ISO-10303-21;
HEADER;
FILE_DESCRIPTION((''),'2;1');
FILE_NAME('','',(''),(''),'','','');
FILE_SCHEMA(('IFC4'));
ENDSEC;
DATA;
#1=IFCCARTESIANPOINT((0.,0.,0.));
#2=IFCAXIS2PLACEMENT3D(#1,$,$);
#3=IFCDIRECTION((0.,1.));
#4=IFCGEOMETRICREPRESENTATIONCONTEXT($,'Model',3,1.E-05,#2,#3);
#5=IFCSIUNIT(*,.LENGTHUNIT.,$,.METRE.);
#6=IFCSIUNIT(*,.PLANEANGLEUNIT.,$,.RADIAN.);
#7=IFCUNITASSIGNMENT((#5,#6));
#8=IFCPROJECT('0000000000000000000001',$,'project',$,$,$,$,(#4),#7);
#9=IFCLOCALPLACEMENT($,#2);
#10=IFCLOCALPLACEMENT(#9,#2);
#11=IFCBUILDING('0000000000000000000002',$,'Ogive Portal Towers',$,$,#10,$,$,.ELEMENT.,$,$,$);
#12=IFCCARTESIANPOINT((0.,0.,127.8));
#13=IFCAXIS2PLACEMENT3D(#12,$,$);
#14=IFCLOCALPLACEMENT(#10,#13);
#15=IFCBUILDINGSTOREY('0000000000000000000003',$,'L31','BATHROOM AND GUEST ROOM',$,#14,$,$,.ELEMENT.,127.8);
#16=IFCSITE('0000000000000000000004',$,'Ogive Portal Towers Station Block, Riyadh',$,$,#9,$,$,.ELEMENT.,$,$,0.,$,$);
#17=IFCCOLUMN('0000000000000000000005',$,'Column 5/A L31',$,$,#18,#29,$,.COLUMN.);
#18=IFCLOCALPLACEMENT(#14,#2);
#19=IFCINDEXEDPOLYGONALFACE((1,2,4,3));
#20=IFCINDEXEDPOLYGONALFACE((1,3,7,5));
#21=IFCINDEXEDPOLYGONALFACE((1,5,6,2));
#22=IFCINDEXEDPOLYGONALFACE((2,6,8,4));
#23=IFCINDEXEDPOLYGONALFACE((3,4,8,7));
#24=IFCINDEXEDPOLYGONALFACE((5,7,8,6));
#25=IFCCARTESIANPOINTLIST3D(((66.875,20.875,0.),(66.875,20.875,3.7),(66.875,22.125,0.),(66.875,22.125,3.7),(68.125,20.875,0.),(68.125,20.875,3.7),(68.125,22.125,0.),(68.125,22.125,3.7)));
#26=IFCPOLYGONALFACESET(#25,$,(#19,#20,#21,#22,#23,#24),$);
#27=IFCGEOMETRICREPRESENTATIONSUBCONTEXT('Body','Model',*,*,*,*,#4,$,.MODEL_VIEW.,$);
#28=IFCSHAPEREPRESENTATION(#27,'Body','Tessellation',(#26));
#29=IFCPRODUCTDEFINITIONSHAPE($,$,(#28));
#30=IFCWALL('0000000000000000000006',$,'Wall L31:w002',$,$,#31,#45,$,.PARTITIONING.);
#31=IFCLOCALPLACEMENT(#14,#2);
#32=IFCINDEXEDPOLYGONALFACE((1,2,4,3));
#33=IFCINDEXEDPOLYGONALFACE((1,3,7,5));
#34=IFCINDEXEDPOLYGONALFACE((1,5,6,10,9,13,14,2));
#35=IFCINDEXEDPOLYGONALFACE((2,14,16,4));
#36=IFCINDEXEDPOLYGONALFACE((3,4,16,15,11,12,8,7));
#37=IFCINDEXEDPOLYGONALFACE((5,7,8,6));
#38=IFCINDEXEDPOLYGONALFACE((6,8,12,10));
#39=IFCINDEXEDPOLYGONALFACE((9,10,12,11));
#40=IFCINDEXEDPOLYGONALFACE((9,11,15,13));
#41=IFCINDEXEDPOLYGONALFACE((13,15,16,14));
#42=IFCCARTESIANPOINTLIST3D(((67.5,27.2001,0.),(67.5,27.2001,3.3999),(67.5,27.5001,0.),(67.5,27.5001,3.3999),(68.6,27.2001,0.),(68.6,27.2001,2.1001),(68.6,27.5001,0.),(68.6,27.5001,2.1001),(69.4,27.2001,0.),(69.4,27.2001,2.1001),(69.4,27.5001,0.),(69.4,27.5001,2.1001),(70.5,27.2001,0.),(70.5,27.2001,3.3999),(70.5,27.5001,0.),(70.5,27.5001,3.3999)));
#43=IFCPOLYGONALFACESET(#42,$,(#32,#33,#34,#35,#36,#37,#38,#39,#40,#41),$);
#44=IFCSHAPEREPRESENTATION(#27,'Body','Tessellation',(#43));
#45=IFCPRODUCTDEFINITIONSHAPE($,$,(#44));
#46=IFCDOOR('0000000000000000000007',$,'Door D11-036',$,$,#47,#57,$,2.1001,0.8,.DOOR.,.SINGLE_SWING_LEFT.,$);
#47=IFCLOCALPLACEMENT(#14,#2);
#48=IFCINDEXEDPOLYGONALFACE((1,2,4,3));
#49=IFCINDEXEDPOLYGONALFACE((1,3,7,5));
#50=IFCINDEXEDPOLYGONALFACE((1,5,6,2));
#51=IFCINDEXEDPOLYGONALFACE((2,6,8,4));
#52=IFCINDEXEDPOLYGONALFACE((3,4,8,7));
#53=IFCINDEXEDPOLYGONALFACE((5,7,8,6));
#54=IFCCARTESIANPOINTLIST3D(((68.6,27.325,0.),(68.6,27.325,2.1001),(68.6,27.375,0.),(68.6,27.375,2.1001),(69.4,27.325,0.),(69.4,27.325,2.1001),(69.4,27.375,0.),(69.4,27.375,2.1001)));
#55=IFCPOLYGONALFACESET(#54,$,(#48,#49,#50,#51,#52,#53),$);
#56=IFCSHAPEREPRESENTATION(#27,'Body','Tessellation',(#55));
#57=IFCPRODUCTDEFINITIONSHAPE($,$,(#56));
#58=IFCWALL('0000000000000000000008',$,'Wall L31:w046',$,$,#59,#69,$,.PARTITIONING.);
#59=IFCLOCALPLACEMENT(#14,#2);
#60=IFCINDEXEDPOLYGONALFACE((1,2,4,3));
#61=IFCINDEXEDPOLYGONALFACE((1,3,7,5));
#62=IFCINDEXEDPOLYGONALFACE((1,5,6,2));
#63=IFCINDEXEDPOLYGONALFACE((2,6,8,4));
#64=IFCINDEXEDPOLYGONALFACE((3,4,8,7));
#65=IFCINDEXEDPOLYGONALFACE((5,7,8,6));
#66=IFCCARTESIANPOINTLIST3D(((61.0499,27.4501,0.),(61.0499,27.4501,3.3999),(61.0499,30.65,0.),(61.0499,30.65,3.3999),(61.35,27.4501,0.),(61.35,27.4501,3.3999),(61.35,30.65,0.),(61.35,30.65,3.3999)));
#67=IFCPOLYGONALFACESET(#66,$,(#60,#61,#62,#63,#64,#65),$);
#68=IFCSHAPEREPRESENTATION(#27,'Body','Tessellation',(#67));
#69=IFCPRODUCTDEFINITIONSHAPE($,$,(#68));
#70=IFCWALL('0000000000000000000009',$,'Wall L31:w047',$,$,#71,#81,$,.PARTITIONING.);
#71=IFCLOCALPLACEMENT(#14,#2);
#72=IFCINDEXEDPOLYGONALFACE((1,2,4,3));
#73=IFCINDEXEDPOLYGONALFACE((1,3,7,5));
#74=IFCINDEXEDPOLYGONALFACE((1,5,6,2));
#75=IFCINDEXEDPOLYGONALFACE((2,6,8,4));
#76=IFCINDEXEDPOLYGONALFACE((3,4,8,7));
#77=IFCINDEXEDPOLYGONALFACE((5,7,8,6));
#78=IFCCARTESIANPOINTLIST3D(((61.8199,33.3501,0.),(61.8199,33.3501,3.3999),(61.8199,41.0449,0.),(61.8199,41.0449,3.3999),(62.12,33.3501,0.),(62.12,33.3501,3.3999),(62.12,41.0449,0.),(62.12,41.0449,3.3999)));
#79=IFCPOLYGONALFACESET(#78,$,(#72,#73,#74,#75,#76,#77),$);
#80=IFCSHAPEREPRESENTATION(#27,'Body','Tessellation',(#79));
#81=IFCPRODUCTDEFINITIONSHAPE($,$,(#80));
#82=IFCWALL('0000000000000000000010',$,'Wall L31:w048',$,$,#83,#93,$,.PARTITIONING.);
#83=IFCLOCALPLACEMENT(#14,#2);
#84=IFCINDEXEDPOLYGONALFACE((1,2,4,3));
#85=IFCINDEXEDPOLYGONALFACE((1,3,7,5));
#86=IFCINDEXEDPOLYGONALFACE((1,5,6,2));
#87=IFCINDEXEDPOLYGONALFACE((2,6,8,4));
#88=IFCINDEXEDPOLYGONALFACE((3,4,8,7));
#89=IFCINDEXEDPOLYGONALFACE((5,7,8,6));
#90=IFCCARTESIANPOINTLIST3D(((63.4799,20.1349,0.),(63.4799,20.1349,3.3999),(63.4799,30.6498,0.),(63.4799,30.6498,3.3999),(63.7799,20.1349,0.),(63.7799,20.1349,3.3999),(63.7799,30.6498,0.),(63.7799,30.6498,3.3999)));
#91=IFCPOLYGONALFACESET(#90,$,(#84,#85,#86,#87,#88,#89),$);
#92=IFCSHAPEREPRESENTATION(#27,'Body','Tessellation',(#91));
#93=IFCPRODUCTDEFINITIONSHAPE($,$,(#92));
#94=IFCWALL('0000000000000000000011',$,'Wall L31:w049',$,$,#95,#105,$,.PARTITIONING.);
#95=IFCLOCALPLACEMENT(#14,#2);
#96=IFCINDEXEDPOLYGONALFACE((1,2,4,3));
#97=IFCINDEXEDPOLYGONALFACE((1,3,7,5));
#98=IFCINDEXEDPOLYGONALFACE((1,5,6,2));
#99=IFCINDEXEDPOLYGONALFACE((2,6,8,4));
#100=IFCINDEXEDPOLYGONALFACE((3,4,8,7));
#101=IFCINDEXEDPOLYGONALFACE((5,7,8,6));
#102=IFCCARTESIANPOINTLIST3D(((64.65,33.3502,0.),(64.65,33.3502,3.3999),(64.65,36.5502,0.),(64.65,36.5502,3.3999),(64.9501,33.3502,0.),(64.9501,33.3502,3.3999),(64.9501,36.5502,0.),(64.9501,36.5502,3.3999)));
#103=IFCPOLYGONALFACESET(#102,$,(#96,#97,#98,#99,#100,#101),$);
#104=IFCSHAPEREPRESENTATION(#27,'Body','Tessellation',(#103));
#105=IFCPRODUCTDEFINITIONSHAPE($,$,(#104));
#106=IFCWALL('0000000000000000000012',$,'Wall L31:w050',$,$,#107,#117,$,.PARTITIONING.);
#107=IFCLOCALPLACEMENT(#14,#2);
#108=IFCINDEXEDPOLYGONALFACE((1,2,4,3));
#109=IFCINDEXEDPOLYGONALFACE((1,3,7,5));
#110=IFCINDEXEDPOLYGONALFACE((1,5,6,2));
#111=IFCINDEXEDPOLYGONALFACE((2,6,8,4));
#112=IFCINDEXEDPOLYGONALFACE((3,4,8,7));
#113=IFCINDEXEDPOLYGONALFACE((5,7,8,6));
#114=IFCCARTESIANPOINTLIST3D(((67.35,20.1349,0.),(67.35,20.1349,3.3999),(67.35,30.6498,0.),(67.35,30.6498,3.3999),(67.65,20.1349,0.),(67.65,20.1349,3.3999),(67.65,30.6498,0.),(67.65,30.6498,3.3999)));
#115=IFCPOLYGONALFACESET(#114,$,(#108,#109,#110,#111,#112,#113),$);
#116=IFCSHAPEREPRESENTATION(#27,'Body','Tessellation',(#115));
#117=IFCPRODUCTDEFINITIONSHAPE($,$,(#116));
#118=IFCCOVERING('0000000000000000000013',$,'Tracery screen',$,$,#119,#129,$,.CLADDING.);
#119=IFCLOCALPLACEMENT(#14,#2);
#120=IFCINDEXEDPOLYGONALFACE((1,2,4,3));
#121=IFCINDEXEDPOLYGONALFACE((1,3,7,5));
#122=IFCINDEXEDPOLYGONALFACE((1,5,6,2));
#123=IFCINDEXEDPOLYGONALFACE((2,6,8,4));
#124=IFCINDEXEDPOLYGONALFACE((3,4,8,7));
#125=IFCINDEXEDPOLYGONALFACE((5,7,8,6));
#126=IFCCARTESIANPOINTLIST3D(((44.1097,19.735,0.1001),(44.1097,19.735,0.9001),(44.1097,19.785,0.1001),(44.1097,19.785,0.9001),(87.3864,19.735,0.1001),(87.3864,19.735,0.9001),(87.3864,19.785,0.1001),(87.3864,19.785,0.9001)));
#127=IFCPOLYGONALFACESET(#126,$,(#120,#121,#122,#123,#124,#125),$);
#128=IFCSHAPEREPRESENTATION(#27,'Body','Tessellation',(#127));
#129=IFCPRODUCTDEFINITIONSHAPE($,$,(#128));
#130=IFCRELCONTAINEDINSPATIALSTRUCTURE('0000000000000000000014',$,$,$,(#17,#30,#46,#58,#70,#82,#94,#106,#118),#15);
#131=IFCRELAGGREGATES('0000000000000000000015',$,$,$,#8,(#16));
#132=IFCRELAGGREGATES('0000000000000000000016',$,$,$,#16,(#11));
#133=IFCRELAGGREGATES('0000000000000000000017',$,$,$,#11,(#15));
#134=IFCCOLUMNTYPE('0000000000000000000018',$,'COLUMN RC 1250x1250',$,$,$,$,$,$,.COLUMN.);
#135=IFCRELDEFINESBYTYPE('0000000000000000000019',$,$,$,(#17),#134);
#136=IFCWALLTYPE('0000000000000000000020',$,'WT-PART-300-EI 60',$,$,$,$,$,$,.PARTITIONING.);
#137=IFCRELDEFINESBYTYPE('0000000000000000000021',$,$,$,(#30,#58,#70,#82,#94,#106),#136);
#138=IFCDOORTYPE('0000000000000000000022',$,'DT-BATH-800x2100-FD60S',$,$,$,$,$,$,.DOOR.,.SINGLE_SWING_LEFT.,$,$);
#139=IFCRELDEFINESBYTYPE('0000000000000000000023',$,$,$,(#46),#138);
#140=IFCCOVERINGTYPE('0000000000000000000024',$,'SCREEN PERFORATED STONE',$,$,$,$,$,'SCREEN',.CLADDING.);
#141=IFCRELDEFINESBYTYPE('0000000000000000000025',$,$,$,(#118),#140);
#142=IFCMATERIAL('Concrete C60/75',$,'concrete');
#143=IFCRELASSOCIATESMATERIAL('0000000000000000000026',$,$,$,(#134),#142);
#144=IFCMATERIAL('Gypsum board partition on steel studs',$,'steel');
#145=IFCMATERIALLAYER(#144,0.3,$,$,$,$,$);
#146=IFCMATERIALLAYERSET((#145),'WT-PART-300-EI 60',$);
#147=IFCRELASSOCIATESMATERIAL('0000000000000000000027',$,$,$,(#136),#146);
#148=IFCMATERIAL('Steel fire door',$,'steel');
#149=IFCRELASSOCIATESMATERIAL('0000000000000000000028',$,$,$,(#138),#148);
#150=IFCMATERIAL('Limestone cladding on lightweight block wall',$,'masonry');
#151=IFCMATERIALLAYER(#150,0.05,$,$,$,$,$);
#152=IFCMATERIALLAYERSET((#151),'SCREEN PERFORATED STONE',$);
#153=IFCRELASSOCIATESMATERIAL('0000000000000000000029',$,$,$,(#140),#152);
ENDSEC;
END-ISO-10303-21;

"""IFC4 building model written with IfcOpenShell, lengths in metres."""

from ifc_helpers import new_model, si_unit, direction, frame, frame_2d, origin, origin_2d, place, context, subcontext, project, spatial, rectangle, extrude, material, layer, layer_set, material_profile, profile_set, type_object, element, fill, save


model = new_model("IFC4")

# Units and contexts
model_context = context("Model", 3, precision=1e-05, world=origin(), true_north=direction((0.0, 1.0)))
body_context = subcontext(model_context, "Body", "Model", "MODEL_VIEW")
ifc_project = project(units=[si_unit("LENGTHUNIT", "METRE"), si_unit("PLANEANGLEUNIT", "RADIAN")], contexts=[model_context])

# Site, building, storey
site_placement = place(None, origin())
site = spatial("IfcSite", under=ifc_project, at=site_placement, Name="Ogive Portal Towers Station Block, Riyadh", CompositionType="ELEMENT", RefElevation=0.0)
building_placement = place(site_placement, origin())
building = spatial("IfcBuilding", under=site, at=building_placement, Name="Ogive Portal Towers", CompositionType="ELEMENT")
storey_placement = place(building_placement, frame((0.0, 0.0, 127.8)))
storey = spatial("IfcBuildingStorey", under=building, at=storey_placement, Name="L31", Description="BATHROOM AND GUEST ROOM", CompositionType="ELEMENT", Elevation=127.8)

# Column
ifc_material_1 = material(Name="Concrete C60/75", Category="concrete")
ifc_material_profile = material_profile(ifc_material_1, rectangle(XDim=1.25, YDim=1.25, at=origin_2d()), Name="RC 1250x1250")
ifc_profile_set = profile_set([ifc_material_profile], Name="Concrete C60/75")
column_type = type_object("IfcColumnType", Name="COLUMN RC 1250x1250", PredefinedType="COLUMN", material=ifc_profile_set)
column_placement = place(storey_placement, frame((67.5, 21.5, 0.0), z_axis=(0.0, 0.0, 1.0), x_axis=(1.0, 0.0, 0.0)))
element("IfcColumn", 1, at=column_placement, inside=storey, type_object=column_type, Name="Column 5/A L31", PredefinedType="COLUMN", context=body_context, shape_type="SweptSolid", body=[
    extrude(rectangle(XDim=1.25, YDim=1.25, at=origin_2d()), origin(), (0.0, 0.0, 1.0), 3.7),
])

# Wall, opening, door
ifc_material_2 = material(Name="Gypsum board partition on steel studs", Category="steel")
ifc_layer_1 = layer(ifc_material_2, 0.3)
ifc_layer_set_1 = layer_set([ifc_layer_1], Name="WT-PART-300-EI 60")
wall_type = type_object("IfcWallType", Name="WT-PART-300-EI 60", PredefinedType="PARTITIONING", material=ifc_layer_set_1)
wall_1_placement = place(storey_placement, frame((67.5, 27.3501, 0.0), z_axis=(0.0, 0.0, 1.0), x_axis=(1.0, 0.0, 0.0)))
wall_1 = element("IfcWall", 2, at=wall_1_placement, inside=storey, type_object=wall_type, Name="Wall L31:w002", PredefinedType="PARTITIONING", context=body_context, shape_type="SweptSolid", body=[
    extrude(rectangle(XDim=3.0, YDim=0.3, at=frame_2d((1.5, 0.0))), origin(), (0.0, 0.0, 1.0), 3.3999),
])
opening_placement = place(wall_1_placement, frame((1.1001, 0.0, 0.0)))
opening = element("IfcOpeningElement", 3, at=opening_placement, cuts=wall_1, PredefinedType="OPENING", context=body_context, shape_type="SweptSolid", body=[
    extrude(rectangle(XDim=0.8, YDim=2.1001, at=frame_2d((0.3999, 1.05))), frame((0.0, 0.1602, 0.0), z_axis=(0.0, -1.0, 0.0), x_axis=(1.0, 0.0, 0.0)), (0.0, 0.0, 1.0), 0.3201),
])
ifc_material_3 = material(Name="Steel fire door", Category="steel")
door_type = type_object("IfcDoorType", Name="DT-BATH-800x2100-FD60S", OperationType="SINGLE_SWING_LEFT", PredefinedType="DOOR", material=ifc_material_3)
door_placement = place(opening_placement, origin())
door = element("IfcDoor", 4, at=door_placement, inside=storey, type_object=door_type, Name="Door D11-036", OperationType="SINGLE_SWING_LEFT", OverallHeight=2.1001, OverallWidth=0.8, PredefinedType="DOOR", context=body_context, shape_type="SweptSolid", body=[
    extrude(rectangle(XDim=0.8, YDim=2.1001, at=frame_2d((0.3999, 1.05))), frame((0.0, 0.0249, 0.0), z_axis=(0.0, -1.0, 0.0), x_axis=(1.0, 0.0, 0.0)), (0.0, 0.0, 1.0), 0.05),
])
fill(opening, door)

# Walls
wall_2_placement = place(storey_placement, frame((61.2, 27.45, 0.0), z_axis=(0.0, 0.0, 1.0), x_axis=(0.0, 1.0, 0.0)))
element("IfcWall", 5, at=wall_2_placement, inside=storey, type_object=wall_type, Name="Wall L31:w046", PredefinedType="PARTITIONING", context=body_context, shape_type="SweptSolid", body=[
    extrude(rectangle(XDim=3.2, YDim=0.3, at=frame_2d((1.6001, 0.0))), origin(), (0.0, 0.0, 1.0), 3.3999),
])
wall_3_placement = place(storey_placement, frame((61.97, 33.3501, 0.0), z_axis=(0.0, 0.0, 1.0), x_axis=(0.0, 1.0, 0.0)))
element("IfcWall", 6, at=wall_3_placement, inside=storey, type_object=wall_type, Name="Wall L31:w047", PredefinedType="PARTITIONING", context=body_context, shape_type="SweptSolid", body=[
    extrude(rectangle(XDim=7.6948, YDim=0.3, at=frame_2d((3.8474, 0.0))), origin(), (0.0, 0.0, 1.0), 3.3999),
])
wall_4_placement = place(storey_placement, frame((63.6299, 20.135, 0.0), z_axis=(0.0, 0.0, 1.0), x_axis=(0.0, 1.0, 0.0)))
element("IfcWall", 7, at=wall_4_placement, inside=storey, type_object=wall_type, Name="Wall L31:w048", PredefinedType="PARTITIONING", context=body_context, shape_type="SweptSolid", body=[
    extrude(rectangle(XDim=10.5149, YDim=0.3, at=frame_2d((5.2573, 0.0))), origin(), (0.0, 0.0, 1.0), 3.3999),
])
wall_5_placement = place(storey_placement, frame((64.8, 33.3501, 0.0), z_axis=(0.0, 0.0, 1.0), x_axis=(0.0, 1.0, 0.0)))
element("IfcWall", 8, at=wall_5_placement, inside=storey, type_object=wall_type, Name="Wall L31:w049", PredefinedType="PARTITIONING", context=body_context, shape_type="SweptSolid", body=[
    extrude(rectangle(XDim=3.2, YDim=0.3, at=frame_2d((1.6001, 0.0))), origin(), (0.0, 0.0, 1.0), 3.3999),
])
wall_6_placement = place(storey_placement, frame((67.5, 20.135, 0.0), z_axis=(0.0, 0.0, 1.0), x_axis=(0.0, 1.0, 0.0)))
element("IfcWall", 9, at=wall_6_placement, inside=storey, type_object=wall_type, Name="Wall L31:w050", PredefinedType="PARTITIONING", context=body_context, shape_type="SweptSolid", body=[
    extrude(rectangle(XDim=10.5149, YDim=0.3, at=frame_2d((5.2573, 0.0))), origin(), (0.0, 0.0, 1.0), 3.3999),
])

# Covering
ifc_material_4 = material(Name="Limestone cladding on lightweight block wall", Category="masonry")
ifc_layer_2 = layer(ifc_material_4, 0.05)
ifc_layer_set_2 = layer_set([ifc_layer_2], Name="SCREEN PERFORATED STONE")
covering_type = type_object("IfcCoveringType", Name="SCREEN PERFORATED STONE", ElementType="SCREEN", PredefinedType="CLADDING", material=ifc_layer_set_2)
covering_placement = place(storey_placement, frame((65.748, 19.76, 0.1001), z_axis=(0.0, 0.0, 1.0), x_axis=(1.0, 0.0, 0.0)))
element("IfcCovering", 10, at=covering_placement, inside=storey, type_object=covering_type, Name="Tracery screen", PredefinedType="CLADDING", context=body_context, shape_type="SweptSolid", body=[
    extrude(rectangle(XDim=43.2766, YDim=0.05, at=origin_2d()), origin(), (0.0, 0.0, 1.0), 0.8),
])

save(model, "model.ifc")
